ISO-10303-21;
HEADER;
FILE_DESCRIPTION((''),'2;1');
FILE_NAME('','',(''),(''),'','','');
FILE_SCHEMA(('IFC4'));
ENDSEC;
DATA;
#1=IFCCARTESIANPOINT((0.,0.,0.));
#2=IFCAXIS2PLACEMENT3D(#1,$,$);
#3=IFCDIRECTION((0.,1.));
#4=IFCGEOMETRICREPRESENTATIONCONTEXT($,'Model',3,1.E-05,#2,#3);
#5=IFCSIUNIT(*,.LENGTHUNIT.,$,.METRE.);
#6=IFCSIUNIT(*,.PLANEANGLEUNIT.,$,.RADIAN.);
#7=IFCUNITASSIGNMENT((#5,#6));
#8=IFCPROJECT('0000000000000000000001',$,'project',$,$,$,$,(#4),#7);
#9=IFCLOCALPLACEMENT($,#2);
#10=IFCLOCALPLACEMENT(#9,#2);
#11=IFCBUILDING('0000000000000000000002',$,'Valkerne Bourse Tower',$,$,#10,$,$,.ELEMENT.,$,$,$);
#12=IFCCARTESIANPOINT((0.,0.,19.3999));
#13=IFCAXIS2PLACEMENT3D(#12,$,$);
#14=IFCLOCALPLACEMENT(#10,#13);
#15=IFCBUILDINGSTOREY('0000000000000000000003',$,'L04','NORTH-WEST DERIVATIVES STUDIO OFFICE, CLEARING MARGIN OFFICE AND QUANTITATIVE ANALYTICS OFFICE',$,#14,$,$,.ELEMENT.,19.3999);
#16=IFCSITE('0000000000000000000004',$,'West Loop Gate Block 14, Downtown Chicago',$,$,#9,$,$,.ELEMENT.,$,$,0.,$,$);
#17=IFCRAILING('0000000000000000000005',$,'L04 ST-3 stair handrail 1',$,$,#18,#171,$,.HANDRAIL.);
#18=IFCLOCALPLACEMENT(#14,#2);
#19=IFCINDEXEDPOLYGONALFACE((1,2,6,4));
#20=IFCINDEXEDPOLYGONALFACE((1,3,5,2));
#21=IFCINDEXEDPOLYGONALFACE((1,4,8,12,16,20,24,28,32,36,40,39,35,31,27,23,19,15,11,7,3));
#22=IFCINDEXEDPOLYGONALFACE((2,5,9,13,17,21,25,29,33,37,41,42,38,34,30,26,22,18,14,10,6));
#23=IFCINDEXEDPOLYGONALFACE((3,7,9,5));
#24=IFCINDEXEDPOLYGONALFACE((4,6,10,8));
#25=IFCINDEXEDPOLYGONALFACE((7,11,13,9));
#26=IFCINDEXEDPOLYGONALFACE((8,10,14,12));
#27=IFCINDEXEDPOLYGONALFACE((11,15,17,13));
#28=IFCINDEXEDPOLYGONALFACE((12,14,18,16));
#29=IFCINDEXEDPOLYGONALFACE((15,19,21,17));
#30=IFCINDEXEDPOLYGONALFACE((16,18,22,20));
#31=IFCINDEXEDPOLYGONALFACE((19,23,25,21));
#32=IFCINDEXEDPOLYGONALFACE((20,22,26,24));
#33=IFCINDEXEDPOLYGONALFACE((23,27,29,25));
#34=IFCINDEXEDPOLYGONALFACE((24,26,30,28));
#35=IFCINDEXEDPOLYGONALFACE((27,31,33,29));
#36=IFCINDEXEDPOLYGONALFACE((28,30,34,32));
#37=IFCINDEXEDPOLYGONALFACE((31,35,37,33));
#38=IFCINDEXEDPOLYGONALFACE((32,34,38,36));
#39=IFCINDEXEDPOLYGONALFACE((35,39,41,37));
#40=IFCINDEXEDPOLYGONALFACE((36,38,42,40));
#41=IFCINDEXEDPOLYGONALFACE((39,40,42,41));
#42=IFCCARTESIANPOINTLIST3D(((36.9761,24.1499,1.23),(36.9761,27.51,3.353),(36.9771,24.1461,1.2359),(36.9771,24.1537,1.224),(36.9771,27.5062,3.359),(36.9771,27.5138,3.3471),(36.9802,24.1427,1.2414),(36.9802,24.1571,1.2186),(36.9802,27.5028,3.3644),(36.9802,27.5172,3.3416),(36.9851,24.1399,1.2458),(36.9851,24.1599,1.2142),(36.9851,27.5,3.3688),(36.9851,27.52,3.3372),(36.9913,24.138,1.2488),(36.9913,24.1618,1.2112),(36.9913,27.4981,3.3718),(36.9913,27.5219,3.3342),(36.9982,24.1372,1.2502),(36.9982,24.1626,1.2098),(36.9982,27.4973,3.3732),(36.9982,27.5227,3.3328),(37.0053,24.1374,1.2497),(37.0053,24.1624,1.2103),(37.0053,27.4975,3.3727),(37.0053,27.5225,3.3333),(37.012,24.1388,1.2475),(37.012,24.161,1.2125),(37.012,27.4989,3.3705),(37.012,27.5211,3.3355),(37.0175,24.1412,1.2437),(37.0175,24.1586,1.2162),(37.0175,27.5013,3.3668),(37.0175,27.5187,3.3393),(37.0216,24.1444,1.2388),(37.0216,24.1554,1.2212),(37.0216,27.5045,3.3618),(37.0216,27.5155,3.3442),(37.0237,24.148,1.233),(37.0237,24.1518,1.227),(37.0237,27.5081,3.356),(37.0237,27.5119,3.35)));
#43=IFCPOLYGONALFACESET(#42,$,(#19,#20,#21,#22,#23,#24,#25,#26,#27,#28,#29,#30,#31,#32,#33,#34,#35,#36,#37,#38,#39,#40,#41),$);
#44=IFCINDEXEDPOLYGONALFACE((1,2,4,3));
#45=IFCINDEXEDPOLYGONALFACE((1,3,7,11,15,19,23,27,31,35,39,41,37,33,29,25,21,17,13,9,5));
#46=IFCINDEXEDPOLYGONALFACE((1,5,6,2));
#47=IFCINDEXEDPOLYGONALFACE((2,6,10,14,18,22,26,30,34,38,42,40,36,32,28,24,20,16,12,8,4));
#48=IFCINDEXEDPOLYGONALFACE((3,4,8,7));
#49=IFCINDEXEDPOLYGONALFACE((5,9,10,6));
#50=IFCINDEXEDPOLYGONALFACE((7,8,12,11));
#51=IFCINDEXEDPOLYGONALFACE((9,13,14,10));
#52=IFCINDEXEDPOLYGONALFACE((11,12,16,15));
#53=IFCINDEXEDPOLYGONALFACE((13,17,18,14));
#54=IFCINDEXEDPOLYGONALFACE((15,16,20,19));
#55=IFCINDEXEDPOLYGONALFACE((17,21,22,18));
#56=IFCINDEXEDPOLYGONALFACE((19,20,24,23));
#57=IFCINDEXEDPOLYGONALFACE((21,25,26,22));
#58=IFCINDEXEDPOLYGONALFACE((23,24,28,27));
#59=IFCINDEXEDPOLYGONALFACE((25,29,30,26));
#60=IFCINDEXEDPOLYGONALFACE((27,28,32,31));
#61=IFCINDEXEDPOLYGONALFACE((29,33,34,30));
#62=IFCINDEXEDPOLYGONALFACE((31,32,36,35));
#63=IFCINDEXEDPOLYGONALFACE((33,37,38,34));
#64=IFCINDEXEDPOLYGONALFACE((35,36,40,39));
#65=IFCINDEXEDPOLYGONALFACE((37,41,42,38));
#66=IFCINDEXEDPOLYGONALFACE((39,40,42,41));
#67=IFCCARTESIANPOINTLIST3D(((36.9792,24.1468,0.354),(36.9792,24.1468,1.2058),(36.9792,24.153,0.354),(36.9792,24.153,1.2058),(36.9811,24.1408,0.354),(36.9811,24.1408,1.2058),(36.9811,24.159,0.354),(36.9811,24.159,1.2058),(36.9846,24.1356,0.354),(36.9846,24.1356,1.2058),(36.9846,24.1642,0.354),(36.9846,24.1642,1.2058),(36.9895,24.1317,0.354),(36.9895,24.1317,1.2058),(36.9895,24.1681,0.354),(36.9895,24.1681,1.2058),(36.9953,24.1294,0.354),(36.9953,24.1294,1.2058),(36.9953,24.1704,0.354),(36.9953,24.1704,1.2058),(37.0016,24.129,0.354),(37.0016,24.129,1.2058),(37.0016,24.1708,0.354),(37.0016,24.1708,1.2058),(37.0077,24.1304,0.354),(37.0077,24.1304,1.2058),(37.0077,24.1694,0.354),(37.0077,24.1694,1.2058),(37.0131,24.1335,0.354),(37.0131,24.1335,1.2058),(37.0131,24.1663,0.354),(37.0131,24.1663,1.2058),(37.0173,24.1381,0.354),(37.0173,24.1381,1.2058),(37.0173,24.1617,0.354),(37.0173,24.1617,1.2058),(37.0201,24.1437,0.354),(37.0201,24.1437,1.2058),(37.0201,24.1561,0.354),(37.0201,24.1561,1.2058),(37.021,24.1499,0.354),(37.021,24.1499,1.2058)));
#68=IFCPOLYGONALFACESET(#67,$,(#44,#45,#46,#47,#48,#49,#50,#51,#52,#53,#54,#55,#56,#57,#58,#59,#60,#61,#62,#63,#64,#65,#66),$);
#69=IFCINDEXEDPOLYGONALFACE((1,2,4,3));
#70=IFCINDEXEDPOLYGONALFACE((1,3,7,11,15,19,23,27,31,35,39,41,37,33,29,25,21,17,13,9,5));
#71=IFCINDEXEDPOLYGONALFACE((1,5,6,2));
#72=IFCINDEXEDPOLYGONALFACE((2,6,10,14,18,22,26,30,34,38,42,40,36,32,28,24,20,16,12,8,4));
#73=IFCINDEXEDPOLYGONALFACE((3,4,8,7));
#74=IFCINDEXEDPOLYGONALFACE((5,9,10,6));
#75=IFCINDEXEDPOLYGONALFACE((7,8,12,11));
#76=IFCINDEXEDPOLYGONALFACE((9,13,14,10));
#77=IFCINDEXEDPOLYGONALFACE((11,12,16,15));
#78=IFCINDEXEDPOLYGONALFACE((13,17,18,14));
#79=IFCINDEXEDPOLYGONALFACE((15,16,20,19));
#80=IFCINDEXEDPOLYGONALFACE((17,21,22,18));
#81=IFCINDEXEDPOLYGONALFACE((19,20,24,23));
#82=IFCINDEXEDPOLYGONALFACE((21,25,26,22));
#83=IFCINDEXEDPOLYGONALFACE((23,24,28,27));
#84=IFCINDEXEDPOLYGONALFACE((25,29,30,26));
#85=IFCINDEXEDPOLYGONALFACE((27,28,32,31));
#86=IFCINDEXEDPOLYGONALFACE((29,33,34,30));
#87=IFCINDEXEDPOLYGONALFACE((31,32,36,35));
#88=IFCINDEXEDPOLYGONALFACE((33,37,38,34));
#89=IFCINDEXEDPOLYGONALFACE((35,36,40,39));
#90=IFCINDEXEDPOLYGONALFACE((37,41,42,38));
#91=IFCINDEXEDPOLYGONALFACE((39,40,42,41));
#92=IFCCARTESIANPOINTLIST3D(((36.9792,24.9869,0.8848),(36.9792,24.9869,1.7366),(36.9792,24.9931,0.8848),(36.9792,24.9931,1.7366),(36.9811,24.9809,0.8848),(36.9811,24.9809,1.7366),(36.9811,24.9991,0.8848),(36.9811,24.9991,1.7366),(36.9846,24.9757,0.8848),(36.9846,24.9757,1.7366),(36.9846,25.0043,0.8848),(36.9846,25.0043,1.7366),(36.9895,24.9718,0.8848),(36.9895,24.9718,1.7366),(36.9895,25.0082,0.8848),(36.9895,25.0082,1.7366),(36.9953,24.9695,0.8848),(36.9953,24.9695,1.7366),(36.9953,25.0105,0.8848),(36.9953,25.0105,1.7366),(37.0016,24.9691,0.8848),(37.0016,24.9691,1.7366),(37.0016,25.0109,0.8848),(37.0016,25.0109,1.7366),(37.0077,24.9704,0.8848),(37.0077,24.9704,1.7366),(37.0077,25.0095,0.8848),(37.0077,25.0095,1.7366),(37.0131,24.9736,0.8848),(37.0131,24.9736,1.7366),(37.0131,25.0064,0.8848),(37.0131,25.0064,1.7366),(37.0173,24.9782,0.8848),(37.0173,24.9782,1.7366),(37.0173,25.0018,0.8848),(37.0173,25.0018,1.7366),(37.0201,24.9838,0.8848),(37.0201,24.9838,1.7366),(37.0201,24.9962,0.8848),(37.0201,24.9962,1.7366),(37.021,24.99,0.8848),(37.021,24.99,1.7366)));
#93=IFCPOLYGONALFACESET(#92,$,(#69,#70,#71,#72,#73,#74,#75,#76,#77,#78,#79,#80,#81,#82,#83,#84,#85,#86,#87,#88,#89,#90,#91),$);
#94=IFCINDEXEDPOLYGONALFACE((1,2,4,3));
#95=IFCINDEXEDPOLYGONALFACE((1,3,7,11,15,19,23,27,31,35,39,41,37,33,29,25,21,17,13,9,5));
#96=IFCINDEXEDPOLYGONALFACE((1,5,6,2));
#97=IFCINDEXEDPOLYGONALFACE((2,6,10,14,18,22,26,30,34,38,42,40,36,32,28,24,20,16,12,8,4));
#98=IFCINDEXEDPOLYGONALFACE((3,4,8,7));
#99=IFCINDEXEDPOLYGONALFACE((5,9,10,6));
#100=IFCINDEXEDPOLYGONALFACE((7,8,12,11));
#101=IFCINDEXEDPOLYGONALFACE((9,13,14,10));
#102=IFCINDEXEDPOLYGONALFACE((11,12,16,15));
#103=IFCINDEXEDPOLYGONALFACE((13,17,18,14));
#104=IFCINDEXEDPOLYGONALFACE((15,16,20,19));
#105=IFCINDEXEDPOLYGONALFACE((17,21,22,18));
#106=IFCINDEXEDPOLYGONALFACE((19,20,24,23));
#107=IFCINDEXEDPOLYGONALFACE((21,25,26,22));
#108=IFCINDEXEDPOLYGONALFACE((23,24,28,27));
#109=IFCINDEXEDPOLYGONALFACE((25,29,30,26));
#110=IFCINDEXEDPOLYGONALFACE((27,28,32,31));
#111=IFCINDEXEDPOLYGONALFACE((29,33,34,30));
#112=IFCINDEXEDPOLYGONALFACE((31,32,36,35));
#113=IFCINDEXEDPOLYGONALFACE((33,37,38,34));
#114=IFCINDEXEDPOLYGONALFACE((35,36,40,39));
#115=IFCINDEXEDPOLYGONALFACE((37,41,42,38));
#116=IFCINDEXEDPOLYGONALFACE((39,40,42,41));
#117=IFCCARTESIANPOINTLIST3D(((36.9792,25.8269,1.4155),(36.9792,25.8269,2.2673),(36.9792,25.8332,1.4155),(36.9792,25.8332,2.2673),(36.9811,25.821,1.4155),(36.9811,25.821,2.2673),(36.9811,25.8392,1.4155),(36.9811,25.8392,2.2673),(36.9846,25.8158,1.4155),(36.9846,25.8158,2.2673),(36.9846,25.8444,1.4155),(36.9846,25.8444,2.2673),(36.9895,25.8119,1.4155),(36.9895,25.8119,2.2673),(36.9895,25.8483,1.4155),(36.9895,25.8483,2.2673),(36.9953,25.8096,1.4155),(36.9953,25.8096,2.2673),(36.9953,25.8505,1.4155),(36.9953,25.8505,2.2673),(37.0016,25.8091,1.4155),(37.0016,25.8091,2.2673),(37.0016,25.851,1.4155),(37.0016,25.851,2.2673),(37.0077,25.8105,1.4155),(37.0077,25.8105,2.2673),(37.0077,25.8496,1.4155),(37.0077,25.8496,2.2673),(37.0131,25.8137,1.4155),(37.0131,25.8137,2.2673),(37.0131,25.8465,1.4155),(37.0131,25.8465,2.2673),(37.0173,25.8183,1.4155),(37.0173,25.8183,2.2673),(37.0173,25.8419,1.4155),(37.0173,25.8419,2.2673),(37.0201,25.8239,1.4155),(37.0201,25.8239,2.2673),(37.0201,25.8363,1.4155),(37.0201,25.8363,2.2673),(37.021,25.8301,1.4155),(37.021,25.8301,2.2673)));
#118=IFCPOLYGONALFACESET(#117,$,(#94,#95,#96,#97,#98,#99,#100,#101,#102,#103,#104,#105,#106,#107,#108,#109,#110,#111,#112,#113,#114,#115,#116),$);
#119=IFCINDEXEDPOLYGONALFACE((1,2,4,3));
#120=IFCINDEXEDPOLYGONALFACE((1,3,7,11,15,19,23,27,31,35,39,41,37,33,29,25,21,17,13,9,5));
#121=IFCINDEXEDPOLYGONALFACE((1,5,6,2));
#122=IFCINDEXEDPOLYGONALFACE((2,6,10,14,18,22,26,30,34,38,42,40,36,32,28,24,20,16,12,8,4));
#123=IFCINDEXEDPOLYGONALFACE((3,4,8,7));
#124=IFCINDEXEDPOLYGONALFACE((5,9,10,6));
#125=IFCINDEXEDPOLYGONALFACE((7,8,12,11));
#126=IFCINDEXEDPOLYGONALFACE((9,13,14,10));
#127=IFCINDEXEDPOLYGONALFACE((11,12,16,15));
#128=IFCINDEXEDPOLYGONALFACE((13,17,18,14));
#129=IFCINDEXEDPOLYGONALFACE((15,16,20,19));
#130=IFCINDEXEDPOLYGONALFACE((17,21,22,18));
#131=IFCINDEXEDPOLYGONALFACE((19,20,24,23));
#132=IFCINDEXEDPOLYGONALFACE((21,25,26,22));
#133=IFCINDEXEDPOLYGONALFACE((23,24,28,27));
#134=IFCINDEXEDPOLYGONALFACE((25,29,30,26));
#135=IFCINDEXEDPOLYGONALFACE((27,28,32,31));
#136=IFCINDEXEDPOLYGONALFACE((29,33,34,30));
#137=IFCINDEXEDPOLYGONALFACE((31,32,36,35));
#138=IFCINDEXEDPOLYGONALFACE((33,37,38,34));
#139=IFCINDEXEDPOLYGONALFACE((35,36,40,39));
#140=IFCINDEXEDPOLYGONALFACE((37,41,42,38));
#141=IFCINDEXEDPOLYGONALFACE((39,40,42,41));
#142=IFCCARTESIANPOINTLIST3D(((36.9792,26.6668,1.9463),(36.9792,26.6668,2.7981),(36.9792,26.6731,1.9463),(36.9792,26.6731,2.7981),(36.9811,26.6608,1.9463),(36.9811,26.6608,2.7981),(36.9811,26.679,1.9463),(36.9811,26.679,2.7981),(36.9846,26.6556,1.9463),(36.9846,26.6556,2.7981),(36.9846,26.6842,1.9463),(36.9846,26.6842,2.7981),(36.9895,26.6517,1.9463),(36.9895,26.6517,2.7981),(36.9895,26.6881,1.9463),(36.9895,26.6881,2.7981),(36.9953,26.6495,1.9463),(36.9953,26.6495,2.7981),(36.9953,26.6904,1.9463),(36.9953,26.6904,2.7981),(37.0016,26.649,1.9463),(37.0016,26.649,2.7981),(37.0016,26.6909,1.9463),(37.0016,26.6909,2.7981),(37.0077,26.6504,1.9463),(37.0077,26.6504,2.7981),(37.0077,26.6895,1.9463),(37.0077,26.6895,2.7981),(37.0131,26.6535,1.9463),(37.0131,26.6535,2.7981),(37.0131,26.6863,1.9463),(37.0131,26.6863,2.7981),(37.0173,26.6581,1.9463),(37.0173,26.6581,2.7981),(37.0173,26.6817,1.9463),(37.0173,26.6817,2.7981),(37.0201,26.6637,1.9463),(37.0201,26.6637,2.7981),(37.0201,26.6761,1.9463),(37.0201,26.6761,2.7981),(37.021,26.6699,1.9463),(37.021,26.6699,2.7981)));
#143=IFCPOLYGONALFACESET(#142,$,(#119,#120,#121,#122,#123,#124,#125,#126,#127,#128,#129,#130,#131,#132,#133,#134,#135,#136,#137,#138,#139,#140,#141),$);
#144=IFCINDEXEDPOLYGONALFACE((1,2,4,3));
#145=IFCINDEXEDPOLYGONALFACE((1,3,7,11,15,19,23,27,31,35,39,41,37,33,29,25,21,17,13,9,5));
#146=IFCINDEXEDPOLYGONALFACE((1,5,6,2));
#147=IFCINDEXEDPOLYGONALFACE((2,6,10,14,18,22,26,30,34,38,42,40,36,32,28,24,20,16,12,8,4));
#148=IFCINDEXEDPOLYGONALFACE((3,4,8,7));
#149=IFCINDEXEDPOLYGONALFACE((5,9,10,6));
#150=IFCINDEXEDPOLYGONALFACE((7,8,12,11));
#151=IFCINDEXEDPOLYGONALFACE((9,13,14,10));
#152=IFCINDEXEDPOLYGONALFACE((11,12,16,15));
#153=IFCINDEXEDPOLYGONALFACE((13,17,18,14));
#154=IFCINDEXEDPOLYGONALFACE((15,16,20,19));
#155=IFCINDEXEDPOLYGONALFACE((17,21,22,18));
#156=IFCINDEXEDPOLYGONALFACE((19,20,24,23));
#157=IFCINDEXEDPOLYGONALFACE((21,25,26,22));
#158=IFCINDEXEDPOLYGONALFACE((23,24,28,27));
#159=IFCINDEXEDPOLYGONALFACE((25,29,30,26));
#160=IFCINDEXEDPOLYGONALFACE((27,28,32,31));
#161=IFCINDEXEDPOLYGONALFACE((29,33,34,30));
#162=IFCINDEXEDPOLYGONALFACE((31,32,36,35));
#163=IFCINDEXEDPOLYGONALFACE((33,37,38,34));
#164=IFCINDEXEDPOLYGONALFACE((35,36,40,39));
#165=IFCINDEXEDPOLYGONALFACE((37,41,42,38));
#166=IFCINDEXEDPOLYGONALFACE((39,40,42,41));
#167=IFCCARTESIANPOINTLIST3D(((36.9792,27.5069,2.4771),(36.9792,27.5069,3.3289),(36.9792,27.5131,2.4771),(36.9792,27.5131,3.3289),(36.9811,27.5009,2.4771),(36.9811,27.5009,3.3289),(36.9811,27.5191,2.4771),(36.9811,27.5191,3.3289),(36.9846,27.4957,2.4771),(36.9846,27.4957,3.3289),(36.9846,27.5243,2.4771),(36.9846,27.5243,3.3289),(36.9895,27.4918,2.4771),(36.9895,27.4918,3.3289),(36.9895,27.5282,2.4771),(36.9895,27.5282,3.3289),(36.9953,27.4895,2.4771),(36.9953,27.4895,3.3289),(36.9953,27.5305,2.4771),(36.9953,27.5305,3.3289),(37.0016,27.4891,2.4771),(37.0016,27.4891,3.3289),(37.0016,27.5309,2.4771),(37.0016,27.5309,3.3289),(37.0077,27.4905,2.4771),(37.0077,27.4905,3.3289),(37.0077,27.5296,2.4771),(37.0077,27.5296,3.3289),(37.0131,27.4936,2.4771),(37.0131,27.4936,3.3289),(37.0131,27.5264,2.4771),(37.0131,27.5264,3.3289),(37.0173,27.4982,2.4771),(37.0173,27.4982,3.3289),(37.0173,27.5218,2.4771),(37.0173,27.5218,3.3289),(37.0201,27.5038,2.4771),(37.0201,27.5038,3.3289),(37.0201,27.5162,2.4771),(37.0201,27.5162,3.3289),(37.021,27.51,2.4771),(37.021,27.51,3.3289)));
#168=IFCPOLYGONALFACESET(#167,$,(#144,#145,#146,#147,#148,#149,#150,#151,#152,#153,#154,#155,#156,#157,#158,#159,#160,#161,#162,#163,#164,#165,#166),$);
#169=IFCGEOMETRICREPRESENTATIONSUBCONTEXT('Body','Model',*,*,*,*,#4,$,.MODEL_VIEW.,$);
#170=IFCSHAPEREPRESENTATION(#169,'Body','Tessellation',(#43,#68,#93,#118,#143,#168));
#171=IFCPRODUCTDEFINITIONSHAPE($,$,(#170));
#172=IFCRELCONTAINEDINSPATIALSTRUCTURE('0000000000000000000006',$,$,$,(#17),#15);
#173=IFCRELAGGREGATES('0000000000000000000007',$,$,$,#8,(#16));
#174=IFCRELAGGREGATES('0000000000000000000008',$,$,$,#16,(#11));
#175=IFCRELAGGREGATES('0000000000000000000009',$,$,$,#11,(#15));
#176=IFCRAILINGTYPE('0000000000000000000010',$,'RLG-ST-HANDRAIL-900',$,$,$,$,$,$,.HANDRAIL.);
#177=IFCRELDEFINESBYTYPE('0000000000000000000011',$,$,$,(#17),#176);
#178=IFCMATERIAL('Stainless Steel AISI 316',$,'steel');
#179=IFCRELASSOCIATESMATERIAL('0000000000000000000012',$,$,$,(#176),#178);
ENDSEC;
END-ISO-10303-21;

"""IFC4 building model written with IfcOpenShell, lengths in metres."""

from ifc_helpers import new_model, si_unit, direction, frame, origin, origin_2d, place, context, subcontext, project, spatial, circle, extrude, material, type_object, element, save


model = new_model("IFC4")

# Units and contexts
model_context = context("Model", 3, precision=1e-05, world=origin(), true_north=direction((0.0, 1.0)))
body_context = subcontext(model_context, "Body", "Model", "MODEL_VIEW")
ifc_project = project(units=[si_unit("LENGTHUNIT", "METRE"), si_unit("PLANEANGLEUNIT", "RADIAN")], contexts=[model_context])

# Site, building, storey
site_placement = place(None, origin())
site = spatial("IfcSite", under=ifc_project, at=site_placement, Name="West Loop Gate Block 14, Downtown Chicago", CompositionType="ELEMENT", RefElevation=0.0)
building_placement = place(site_placement, origin())
building = spatial("IfcBuilding", under=site, at=building_placement, Name="Valkerne Bourse Tower", CompositionType="ELEMENT")
storey_placement = place(building_placement, frame((0.0, 0.0, 19.3999)))
storey = spatial("IfcBuildingStorey", under=building, at=storey_placement, Name="L04", Description="NORTH-WEST DERIVATIVES STUDIO OFFICE, CLEARING MARGIN OFFICE AND QUANTITATIVE ANALYTICS OFFICE", CompositionType="ELEMENT", Elevation=19.3999)

# Railing
ifc_material_1 = material(Name="Stainless Steel AISI 316", Category="steel")
railing_type_1 = type_object("IfcRailingType", Name="RLG-ST-HANDRAIL-900", PredefinedType="HANDRAIL", material=ifc_material_1)
railing_1_placement = place(storey_placement, frame((37.0, 24.1499, 0.354)))
element("IfcRailing", 1, at=railing_1_placement, inside=storey, type_object=railing_type_1, Name="L04 ST-3 stair handrail 1", PredefinedType="HANDRAIL", context=body_context, shape_type="SweptSolid", body=[
    extrude(circle(Radius=0.0239, at=origin_2d()), frame((0.0, 0.0, 0.876), z_axis=(0.0, 0.84539, 0.53415), x_axis=(-1.0, 0.0, 0.0)), (0.0, 0.0, 1.0), 3.9746),
    extrude(circle(Radius=0.021, at=origin_2d()), origin(), (0.0, 0.0, 1.0), 0.8518),
    extrude(circle(Radius=0.021, at=origin_2d()), frame((0.0, 0.8401, 0.5308)), (0.0, 0.0, 1.0), 0.8518),
    extrude(circle(Radius=0.021, at=origin_2d()), frame((0.0, 1.6802, 1.0615)), (0.0, 0.0, 1.0), 0.8518),
    extrude(circle(Radius=0.021, at=origin_2d()), frame((0.0, 2.52, 1.5923)), (0.0, 0.0, 1.0), 0.8518),
    extrude(circle(Radius=0.021, at=origin_2d()), frame((0.0, 3.3601, 2.123)), (0.0, 0.0, 1.0), 0.8518),
])

save(model, "model.ifc")
